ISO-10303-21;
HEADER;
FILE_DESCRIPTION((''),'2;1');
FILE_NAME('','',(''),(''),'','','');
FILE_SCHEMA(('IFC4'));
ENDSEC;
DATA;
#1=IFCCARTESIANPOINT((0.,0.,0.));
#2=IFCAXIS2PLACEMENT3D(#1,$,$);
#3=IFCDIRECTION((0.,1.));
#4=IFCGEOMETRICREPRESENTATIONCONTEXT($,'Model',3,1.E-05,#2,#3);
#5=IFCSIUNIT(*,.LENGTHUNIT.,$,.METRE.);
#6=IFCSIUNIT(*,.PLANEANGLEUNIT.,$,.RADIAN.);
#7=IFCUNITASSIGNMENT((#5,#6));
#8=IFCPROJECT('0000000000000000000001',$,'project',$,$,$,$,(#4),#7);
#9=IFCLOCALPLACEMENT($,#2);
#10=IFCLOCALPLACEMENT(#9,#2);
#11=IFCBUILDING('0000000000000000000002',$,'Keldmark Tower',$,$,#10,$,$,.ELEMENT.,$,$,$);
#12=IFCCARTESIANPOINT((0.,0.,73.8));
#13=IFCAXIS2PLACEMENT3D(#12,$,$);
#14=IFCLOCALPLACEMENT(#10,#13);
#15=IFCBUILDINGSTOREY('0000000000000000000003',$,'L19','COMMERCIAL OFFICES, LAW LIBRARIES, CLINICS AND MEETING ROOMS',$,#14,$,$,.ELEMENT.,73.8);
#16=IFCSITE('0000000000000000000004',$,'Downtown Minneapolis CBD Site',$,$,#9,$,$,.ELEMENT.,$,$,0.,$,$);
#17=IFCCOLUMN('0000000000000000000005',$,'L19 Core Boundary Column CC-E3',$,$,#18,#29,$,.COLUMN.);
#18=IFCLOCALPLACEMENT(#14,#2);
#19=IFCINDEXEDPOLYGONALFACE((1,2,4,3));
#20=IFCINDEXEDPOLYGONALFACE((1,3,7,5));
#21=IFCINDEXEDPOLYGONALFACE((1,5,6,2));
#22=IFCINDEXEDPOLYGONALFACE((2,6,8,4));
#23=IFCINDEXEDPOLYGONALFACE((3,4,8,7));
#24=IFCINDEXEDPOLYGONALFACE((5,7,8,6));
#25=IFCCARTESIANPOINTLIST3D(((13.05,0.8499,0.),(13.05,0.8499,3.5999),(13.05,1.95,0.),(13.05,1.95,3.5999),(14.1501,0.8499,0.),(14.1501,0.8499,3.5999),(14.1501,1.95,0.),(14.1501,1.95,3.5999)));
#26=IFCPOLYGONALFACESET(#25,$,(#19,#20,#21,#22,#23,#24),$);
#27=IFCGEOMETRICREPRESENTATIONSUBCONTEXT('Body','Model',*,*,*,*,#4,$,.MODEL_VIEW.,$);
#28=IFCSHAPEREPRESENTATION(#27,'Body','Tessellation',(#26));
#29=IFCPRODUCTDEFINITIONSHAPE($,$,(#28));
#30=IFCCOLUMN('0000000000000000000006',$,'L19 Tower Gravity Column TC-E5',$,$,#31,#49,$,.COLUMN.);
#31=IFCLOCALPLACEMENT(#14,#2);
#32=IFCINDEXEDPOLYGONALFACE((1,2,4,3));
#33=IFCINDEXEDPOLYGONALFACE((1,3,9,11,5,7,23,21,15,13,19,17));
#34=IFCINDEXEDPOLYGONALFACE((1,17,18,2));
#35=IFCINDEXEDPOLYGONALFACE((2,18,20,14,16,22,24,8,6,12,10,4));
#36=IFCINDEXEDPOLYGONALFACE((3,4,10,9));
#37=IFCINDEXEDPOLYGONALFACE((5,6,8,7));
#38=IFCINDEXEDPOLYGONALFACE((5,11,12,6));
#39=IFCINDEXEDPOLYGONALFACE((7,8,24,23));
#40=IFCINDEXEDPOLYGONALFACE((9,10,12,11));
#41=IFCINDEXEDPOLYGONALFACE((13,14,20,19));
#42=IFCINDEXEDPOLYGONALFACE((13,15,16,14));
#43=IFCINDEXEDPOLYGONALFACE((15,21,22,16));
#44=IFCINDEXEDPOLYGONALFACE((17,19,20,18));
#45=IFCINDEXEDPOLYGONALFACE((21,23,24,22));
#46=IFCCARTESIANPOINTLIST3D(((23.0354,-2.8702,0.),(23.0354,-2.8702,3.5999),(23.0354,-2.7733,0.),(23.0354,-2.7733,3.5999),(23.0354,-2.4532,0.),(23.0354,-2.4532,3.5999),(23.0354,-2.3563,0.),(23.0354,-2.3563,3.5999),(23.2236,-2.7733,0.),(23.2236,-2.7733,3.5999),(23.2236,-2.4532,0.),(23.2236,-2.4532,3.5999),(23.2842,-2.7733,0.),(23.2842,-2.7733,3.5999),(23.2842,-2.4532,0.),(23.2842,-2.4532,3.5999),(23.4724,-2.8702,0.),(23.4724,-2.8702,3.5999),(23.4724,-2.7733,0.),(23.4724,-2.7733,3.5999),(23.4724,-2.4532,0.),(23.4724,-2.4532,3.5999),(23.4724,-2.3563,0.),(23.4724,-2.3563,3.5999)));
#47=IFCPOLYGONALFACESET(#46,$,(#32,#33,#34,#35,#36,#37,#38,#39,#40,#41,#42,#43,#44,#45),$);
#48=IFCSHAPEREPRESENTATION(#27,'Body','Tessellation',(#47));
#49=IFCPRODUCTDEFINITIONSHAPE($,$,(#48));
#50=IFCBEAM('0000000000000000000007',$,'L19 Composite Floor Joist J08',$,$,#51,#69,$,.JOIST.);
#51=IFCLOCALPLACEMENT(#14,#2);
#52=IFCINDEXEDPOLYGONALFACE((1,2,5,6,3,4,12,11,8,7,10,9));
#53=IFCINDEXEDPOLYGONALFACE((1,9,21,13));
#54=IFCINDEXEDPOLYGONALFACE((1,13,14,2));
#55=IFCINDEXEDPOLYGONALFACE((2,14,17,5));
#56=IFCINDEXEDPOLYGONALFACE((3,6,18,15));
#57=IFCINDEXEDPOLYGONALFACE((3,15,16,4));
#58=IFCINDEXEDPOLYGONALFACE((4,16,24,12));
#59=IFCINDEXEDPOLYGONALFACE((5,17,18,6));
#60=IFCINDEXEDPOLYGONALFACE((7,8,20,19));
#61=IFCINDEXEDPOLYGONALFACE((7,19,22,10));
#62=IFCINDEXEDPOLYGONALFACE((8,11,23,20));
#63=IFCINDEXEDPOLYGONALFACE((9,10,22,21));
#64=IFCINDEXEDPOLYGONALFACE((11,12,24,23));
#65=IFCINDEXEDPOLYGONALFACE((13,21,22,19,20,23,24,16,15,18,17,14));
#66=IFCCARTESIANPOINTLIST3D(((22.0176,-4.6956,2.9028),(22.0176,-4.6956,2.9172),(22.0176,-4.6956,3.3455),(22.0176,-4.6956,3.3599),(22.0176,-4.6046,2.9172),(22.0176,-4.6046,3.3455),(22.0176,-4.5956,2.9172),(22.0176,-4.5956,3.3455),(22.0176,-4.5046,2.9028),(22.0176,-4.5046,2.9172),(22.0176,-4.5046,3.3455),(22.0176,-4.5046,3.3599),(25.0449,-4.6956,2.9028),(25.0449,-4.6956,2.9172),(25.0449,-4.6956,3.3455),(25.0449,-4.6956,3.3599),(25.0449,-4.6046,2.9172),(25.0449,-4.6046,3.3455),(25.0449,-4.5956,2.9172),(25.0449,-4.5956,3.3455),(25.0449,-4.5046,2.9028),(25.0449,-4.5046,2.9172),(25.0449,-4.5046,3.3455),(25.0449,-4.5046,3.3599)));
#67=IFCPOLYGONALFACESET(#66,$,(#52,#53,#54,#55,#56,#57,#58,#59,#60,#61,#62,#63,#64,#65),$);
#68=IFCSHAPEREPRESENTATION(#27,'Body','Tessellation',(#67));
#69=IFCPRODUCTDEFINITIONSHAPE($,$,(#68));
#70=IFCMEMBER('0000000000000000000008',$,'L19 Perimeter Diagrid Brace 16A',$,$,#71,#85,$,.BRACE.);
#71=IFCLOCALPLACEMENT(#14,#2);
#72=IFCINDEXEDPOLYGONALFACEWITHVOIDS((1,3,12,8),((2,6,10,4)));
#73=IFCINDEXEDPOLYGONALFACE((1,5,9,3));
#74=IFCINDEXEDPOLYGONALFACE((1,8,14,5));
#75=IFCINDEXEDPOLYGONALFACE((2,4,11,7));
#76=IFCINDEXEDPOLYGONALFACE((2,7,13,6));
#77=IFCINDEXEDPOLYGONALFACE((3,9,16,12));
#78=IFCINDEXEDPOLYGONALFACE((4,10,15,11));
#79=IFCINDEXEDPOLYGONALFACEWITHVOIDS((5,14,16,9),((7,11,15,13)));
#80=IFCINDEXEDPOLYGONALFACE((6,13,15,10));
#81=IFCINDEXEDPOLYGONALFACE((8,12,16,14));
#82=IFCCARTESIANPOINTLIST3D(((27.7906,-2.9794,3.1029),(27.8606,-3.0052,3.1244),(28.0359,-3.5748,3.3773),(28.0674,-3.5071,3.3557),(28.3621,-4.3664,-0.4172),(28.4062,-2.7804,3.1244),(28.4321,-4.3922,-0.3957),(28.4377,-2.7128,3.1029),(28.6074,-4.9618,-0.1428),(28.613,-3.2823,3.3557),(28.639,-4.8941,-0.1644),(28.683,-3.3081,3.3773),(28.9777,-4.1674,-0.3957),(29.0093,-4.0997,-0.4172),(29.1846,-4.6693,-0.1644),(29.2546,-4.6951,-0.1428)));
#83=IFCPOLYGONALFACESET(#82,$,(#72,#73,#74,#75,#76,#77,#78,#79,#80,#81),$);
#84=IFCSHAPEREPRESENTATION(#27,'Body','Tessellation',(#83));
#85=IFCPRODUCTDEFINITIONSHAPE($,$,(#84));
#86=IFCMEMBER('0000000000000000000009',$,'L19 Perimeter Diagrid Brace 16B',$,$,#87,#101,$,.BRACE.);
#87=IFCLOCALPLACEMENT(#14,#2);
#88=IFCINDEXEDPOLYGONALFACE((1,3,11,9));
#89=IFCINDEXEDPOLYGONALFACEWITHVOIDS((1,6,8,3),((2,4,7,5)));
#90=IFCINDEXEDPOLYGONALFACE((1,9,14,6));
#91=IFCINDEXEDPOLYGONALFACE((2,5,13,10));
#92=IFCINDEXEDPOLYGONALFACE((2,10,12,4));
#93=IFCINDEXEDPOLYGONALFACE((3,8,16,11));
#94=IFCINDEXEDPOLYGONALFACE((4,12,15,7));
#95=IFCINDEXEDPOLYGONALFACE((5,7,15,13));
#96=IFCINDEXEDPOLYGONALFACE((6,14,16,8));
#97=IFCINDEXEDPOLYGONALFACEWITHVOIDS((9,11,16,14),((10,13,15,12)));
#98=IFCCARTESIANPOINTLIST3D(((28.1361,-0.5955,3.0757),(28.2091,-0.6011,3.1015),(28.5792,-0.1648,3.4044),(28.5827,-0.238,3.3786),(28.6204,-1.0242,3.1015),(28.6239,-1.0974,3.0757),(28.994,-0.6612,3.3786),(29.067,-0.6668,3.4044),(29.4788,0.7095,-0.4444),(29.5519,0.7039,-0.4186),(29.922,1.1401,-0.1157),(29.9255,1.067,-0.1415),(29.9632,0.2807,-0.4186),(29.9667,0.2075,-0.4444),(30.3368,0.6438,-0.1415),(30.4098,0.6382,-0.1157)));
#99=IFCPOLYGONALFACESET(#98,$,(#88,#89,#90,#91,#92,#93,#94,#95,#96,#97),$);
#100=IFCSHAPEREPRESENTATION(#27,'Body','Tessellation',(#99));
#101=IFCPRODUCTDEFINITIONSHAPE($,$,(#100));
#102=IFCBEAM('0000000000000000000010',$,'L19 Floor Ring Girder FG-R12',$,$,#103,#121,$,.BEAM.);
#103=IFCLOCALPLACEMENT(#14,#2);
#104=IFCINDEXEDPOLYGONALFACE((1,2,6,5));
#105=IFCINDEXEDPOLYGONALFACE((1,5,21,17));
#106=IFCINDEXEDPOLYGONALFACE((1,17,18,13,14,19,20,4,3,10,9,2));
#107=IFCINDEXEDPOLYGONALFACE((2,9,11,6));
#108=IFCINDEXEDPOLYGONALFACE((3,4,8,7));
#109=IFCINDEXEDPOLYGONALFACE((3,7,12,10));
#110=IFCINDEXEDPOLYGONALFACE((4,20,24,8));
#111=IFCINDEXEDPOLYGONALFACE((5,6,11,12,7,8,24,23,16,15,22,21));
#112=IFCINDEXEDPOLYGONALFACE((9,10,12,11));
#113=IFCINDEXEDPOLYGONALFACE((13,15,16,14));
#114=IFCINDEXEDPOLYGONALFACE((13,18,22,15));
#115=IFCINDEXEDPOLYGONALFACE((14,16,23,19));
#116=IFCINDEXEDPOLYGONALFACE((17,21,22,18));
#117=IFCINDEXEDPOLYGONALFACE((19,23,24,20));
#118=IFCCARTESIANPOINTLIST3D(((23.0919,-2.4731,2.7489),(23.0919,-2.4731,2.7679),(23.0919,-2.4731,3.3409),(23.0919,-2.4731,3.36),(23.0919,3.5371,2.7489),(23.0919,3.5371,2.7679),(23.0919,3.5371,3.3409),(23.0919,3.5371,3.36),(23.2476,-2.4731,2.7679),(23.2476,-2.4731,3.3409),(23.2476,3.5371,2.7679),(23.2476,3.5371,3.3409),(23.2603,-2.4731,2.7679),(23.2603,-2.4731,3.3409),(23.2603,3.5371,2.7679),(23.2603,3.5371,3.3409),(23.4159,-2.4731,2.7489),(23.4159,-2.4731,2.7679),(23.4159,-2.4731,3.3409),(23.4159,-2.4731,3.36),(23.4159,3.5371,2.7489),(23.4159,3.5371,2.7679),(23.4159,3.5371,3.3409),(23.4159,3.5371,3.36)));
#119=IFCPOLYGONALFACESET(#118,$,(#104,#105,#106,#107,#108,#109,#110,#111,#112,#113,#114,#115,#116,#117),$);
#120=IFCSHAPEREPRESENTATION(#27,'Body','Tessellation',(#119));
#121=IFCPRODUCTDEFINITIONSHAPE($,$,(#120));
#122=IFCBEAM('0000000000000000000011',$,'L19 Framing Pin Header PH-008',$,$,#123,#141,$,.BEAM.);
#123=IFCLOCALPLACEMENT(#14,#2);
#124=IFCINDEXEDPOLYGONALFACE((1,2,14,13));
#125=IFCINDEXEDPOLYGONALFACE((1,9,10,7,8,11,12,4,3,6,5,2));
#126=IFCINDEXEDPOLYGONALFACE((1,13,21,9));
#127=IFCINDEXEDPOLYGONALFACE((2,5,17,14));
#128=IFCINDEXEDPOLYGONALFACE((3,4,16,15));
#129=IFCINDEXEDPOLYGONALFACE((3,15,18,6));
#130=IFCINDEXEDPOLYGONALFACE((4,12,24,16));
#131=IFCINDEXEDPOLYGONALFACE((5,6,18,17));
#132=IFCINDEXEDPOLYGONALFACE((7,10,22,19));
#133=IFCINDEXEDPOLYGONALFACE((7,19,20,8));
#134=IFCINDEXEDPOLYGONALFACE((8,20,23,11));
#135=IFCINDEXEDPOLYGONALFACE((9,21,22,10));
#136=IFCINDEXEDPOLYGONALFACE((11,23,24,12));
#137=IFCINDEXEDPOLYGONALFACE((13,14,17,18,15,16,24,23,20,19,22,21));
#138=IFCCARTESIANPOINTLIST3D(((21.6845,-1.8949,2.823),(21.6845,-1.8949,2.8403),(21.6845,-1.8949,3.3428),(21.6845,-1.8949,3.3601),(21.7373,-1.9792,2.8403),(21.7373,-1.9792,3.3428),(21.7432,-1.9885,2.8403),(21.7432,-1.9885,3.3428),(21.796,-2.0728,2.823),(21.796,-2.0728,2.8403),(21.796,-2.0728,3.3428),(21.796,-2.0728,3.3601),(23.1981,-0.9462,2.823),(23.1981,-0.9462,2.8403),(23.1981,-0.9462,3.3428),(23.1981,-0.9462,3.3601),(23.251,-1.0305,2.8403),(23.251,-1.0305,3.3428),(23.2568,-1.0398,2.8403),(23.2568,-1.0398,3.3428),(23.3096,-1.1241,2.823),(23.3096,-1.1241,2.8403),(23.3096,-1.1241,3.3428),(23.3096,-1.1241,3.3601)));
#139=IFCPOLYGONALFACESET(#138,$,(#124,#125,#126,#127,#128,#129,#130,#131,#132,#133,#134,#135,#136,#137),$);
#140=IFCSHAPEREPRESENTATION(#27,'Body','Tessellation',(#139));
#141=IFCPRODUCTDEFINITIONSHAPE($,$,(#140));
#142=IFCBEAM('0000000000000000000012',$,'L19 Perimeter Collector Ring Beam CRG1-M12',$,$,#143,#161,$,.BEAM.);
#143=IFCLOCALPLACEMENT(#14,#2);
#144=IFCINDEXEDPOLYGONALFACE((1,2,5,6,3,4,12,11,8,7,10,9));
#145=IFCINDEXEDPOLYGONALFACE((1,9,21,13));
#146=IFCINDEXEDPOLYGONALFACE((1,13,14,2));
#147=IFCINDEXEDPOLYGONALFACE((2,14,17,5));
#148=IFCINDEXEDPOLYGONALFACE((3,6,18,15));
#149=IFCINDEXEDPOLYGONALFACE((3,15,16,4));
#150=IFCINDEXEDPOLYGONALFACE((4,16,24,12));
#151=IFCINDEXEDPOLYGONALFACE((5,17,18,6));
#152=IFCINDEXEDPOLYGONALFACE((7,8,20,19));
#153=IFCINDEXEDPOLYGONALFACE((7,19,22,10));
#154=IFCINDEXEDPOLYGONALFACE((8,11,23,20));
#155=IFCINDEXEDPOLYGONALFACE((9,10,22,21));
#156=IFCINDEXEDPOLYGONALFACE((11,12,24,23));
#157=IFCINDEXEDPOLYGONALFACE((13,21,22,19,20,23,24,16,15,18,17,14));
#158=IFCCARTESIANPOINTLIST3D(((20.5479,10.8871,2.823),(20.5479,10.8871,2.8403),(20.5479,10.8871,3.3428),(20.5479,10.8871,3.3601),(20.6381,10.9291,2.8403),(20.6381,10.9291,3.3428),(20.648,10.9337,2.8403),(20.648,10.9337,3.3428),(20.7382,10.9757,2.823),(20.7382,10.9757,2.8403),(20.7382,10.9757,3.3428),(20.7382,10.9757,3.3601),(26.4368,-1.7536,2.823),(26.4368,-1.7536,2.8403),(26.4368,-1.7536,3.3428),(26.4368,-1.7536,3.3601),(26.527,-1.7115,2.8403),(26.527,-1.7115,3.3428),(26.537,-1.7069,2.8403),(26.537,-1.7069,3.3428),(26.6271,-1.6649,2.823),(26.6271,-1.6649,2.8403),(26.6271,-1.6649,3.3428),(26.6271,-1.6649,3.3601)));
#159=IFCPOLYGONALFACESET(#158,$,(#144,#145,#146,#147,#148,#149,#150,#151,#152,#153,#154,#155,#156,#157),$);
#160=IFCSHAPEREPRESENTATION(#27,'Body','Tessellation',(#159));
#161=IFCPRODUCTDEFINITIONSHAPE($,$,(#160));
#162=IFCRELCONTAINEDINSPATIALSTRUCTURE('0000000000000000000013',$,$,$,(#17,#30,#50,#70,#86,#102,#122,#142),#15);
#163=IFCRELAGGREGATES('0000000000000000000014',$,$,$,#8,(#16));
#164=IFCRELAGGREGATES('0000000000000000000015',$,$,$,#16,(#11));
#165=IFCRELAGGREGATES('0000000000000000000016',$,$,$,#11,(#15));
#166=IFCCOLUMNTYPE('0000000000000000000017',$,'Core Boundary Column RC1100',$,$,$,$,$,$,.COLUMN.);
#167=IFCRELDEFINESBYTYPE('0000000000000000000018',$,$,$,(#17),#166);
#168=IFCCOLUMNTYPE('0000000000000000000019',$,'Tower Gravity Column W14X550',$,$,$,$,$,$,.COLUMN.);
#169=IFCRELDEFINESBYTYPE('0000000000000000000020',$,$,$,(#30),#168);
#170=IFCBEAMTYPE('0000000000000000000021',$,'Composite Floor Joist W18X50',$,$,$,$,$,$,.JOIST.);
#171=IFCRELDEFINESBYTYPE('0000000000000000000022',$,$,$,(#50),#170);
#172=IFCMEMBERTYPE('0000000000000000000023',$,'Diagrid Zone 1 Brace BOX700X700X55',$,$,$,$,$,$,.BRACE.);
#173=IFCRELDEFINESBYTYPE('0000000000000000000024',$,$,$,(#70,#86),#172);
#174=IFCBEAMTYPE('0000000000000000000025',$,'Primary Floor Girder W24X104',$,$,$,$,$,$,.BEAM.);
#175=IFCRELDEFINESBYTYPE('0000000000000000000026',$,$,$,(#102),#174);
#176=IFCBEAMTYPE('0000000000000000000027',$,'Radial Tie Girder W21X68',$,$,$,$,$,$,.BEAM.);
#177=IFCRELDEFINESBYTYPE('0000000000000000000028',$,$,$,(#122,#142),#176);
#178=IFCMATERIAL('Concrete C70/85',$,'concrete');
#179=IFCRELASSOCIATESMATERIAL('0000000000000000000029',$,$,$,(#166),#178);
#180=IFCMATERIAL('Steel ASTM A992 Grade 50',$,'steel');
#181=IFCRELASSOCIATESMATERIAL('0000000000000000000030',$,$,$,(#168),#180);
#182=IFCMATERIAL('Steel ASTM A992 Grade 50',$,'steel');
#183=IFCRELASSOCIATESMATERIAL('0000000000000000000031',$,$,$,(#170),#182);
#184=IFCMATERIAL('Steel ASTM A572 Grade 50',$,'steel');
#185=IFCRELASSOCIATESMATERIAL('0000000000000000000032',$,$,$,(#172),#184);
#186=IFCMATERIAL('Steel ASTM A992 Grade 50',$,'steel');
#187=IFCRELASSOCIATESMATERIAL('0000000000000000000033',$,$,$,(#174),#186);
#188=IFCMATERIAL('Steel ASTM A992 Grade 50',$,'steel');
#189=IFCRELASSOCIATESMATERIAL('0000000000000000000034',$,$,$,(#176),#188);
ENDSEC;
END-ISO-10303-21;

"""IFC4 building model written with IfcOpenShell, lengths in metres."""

from ifc_helpers import new_model, si_unit, direction, frame, origin, origin_2d, place, context, subcontext, project, spatial, rectangle, hollow_rectangle, i_section, extrude, material, material_profile, profile_set, type_object, element, save


model = new_model("IFC4")

# Units and contexts
model_context = context("Model", 3, precision=1e-05, world=origin(), true_north=direction((0.0, 1.0)))
body_context = subcontext(model_context, "Body", "Model", "MODEL_VIEW")
ifc_project = project(units=[si_unit("LENGTHUNIT", "METRE"), si_unit("PLANEANGLEUNIT", "RADIAN")], contexts=[model_context])

# Site, building, storey
site_placement = place(None, origin())
site = spatial("IfcSite", under=ifc_project, at=site_placement, Name="Downtown Minneapolis CBD Site", CompositionType="ELEMENT", RefElevation=0.0)
building_placement = place(site_placement, origin())
building = spatial("IfcBuilding", under=site, at=building_placement, Name="Keldmark Tower", CompositionType="ELEMENT")
storey_placement = place(building_placement, frame((0.0, 0.0, 73.8)))
storey = spatial("IfcBuildingStorey", under=building, at=storey_placement, Name="L19", Description="COMMERCIAL OFFICES, LAW LIBRARIES, CLINICS AND MEETING ROOMS", CompositionType="ELEMENT", Elevation=73.8)

# Columns
ifc_material_1 = material(Name="Concrete C70/85", Category="concrete")
ifc_material_profile_1 = material_profile(ifc_material_1, rectangle(XDim=1.1001, YDim=1.1001, at=origin_2d()), Name="RC1100X1100")
ifc_profile_set_1 = profile_set([ifc_material_profile_1], Name="Concrete C70/85")
column_type_1 = type_object("IfcColumnType", Name="Core Boundary Column RC1100", PredefinedType="COLUMN", material=ifc_profile_set_1)
column_1_placement = place(storey_placement, frame((13.6001, 1.3999, 0.0), z_axis=(0.0, 0.0, 1.0), x_axis=(1.0, 0.0, 0.0)))
element("IfcColumn", 1, at=column_1_placement, inside=storey, type_object=column_type_1, Name="L19 Core Boundary Column CC-E3", PredefinedType="COLUMN", context=body_context, shape_type="SweptSolid", body=[
    extrude(rectangle(XDim=1.1001, YDim=1.1001, at=origin_2d()), origin(), (0.0, 0.0, 1.0), 3.5999),
])
ifc_material_2 = material(Name="Steel ASTM A992 Grade 50", Category="steel")
ifc_material_profile_2 = material_profile(ifc_material_2, i_section(OverallWidth=0.437, OverallDepth=0.5139, WebThickness=0.0605, FlangeThickness=0.0969, at=origin_2d()), Name="W14X550")
ifc_profile_set_2 = profile_set([ifc_material_profile_2], Name="Steel ASTM A992 Grade 50")
column_type_2 = type_object("IfcColumnType", Name="Tower Gravity Column W14X550", PredefinedType="COLUMN", material=ifc_profile_set_2)
column_2_placement = place(storey_placement, frame((23.2539, -2.6133, 0.0), z_axis=(0.0, 0.0, 1.0), x_axis=(1.0, 0.0, 0.0)))
element("IfcColumn", 2, at=column_2_placement, inside=storey, type_object=column_type_2, Name="L19 Tower Gravity Column TC-E5", PredefinedType="COLUMN", context=body_context, shape_type="SweptSolid", body=[
    extrude(i_section(OverallWidth=0.437, OverallDepth=0.5139, WebThickness=0.0605, FlangeThickness=0.0969, at=origin_2d()), origin(), (0.0, 0.0, 1.0), 3.5999),
])

# Beam
ifc_material_3 = material(Name="Steel ASTM A992 Grade 50", Category="steel")
ifc_material_profile_3 = material_profile(ifc_material_3, i_section(OverallWidth=0.1909, OverallDepth=0.457, WebThickness=0.009, FlangeThickness=0.0144, at=origin_2d()), Name="W18X50")
ifc_profile_set_3 = profile_set([ifc_material_profile_3], Name="Steel ASTM A992 Grade 50")
beam_type_1 = type_object("IfcBeamType", Name="Composite Floor Joist W18X50", PredefinedType="JOIST", material=ifc_profile_set_3)
beam_1_placement = place(storey_placement, frame((22.0176, -4.6001, 3.1313), z_axis=(1.0, 0.0, 0.0), x_axis=(0.0, 1.0, 0.0)))
element("IfcBeam", 3, at=beam_1_placement, inside=storey, type_object=beam_type_1, Name="L19 Composite Floor Joist J08", PredefinedType="JOIST", context=body_context, shape_type="SweptSolid", body=[
    extrude(i_section(OverallWidth=0.1909, OverallDepth=0.457, WebThickness=0.009, FlangeThickness=0.0144, at=origin_2d()), origin(), (0.0, 0.0, 1.0), 3.0273),
])

# Members
ifc_material_4 = material(Name="Steel ASTM A572 Grade 50", Category="steel")
ifc_material_profile_4 = material_profile(ifc_material_4, hollow_rectangle(XDim=0.7, YDim=0.7, WallThickness=0.0549, at=origin_2d()), Name="BOX700X700X55")
ifc_profile_set_4 = profile_set([ifc_material_profile_4], Name="Steel ASTM A572 Grade 50")
member_type = type_object("IfcMemberType", Name="Diagrid Zone 1 Brace BOX700X700X55", PredefinedType="BRACE", material=ifc_profile_set_4)
member_1_placement = place(storey_placement, frame((28.8083, -4.5308, -0.28), z_axis=(-0.149368, 0.362478, 0.919945), x_axis=(-0.924577, -0.380995, 0.0)))
element("IfcMember", 4, at=member_1_placement, inside=storey, type_object=member_type, Name="L19 Perimeter Diagrid Brace 16A", PredefinedType="BRACE", context=body_context, shape_type="SweptSolid", body=[
    extrude(hollow_rectangle(XDim=0.7, YDim=0.7, WallThickness=0.0549, at=origin_2d()), origin(), (0.0, 0.0, 1.0), 3.8264),
])
member_2_placement = place(storey_placement, frame((29.9443, 0.6738, -0.28), z_axis=(-0.336785, -0.327294, 0.882867), x_axis=(0.696929, -0.71714, 0.0)))
element("IfcMember", 5, at=member_2_placement, inside=storey, type_object=member_type, Name="L19 Perimeter Diagrid Brace 16B", PredefinedType="BRACE", context=body_context, shape_type="SweptSolid", body=[
    extrude(hollow_rectangle(XDim=0.7, YDim=0.7, WallThickness=0.0549, at=origin_2d()), origin(), (0.0, 0.0, 1.0), 3.9871),
])

# Beams
ifc_material_5 = material(Name="Steel ASTM A992 Grade 50", Category="steel")
ifc_material_profile_5 = material_profile(ifc_material_5, i_section(OverallWidth=0.324, OverallDepth=0.6111, WebThickness=0.0127, FlangeThickness=0.019, at=origin_2d()), Name="W24X104")
ifc_profile_set_5 = profile_set([ifc_material_profile_5], Name="Steel ASTM A992 Grade 50")
beam_type_2 = type_object("IfcBeamType", Name="Primary Floor Girder W24X104", PredefinedType="BEAM", material=ifc_profile_set_5)
beam_2_placement = place(storey_placement, frame((23.2539, -2.4731, 3.0544), z_axis=(0.0, 1.0, 0.0), x_axis=(-1.0, 0.0, 0.0)))
element("IfcBeam", 6, at=beam_2_placement, inside=storey, type_object=beam_type_2, Name="L19 Floor Ring Girder FG-R12", PredefinedType="BEAM", context=body_context, shape_type="SweptSolid", body=[
    extrude(i_section(OverallWidth=0.324, OverallDepth=0.6111, WebThickness=0.0127, FlangeThickness=0.019, at=origin_2d()), origin(), (0.0, 0.0, 1.0), 6.0103),
])
ifc_material_6 = material(Name="Steel ASTM A992 Grade 50", Category="steel")
ifc_material_profile_6 = material_profile(ifc_material_6, i_section(OverallWidth=0.21, OverallDepth=0.5371, WebThickness=0.011, FlangeThickness=0.0173, at=origin_2d()), Name="W21X68")
ifc_profile_set_6 = profile_set([ifc_material_profile_6], Name="Steel ASTM A992 Grade 50")
beam_type_3 = type_object("IfcBeamType", Name="Radial Tie Girder W21X68", PredefinedType="BEAM", material=ifc_profile_set_6)
beam_3_placement = place(storey_placement, frame((21.7402, -1.9839, 3.0916), z_axis=(0.847322, 0.53108, 0.0), x_axis=(-0.53108, 0.847322, 0.0)))
element("IfcBeam", 7, at=beam_3_placement, inside=storey, type_object=beam_type_3, Name="L19 Framing Pin Header PH-008", PredefinedType="BEAM", context=body_context, shape_type="SweptSolid", body=[
    extrude(i_section(OverallWidth=0.21, OverallDepth=0.5371, WebThickness=0.011, FlangeThickness=0.0173, at=origin_2d()), origin(), (0.0, 0.0, 1.0), 1.7864),
])
beam_4_placement = place(storey_placement, frame((26.532, -1.7092, 3.0916), z_axis=(-0.422294, 0.906459, 0.0), x_axis=(-0.906459, -0.422294, 0.0)))
element("IfcBeam", 8, at=beam_4_placement, inside=storey, type_object=beam_type_3, Name="L19 Perimeter Collector Ring Beam CRG1-M12", PredefinedType="BEAM", context=body_context, shape_type="SweptSolid", body=[
    extrude(i_section(OverallWidth=0.21, OverallDepth=0.5371, WebThickness=0.011, FlangeThickness=0.0173, at=origin_2d()), origin(), (0.0, 0.0, 1.0), 13.9451),
])

save(model, "model.ifc")
